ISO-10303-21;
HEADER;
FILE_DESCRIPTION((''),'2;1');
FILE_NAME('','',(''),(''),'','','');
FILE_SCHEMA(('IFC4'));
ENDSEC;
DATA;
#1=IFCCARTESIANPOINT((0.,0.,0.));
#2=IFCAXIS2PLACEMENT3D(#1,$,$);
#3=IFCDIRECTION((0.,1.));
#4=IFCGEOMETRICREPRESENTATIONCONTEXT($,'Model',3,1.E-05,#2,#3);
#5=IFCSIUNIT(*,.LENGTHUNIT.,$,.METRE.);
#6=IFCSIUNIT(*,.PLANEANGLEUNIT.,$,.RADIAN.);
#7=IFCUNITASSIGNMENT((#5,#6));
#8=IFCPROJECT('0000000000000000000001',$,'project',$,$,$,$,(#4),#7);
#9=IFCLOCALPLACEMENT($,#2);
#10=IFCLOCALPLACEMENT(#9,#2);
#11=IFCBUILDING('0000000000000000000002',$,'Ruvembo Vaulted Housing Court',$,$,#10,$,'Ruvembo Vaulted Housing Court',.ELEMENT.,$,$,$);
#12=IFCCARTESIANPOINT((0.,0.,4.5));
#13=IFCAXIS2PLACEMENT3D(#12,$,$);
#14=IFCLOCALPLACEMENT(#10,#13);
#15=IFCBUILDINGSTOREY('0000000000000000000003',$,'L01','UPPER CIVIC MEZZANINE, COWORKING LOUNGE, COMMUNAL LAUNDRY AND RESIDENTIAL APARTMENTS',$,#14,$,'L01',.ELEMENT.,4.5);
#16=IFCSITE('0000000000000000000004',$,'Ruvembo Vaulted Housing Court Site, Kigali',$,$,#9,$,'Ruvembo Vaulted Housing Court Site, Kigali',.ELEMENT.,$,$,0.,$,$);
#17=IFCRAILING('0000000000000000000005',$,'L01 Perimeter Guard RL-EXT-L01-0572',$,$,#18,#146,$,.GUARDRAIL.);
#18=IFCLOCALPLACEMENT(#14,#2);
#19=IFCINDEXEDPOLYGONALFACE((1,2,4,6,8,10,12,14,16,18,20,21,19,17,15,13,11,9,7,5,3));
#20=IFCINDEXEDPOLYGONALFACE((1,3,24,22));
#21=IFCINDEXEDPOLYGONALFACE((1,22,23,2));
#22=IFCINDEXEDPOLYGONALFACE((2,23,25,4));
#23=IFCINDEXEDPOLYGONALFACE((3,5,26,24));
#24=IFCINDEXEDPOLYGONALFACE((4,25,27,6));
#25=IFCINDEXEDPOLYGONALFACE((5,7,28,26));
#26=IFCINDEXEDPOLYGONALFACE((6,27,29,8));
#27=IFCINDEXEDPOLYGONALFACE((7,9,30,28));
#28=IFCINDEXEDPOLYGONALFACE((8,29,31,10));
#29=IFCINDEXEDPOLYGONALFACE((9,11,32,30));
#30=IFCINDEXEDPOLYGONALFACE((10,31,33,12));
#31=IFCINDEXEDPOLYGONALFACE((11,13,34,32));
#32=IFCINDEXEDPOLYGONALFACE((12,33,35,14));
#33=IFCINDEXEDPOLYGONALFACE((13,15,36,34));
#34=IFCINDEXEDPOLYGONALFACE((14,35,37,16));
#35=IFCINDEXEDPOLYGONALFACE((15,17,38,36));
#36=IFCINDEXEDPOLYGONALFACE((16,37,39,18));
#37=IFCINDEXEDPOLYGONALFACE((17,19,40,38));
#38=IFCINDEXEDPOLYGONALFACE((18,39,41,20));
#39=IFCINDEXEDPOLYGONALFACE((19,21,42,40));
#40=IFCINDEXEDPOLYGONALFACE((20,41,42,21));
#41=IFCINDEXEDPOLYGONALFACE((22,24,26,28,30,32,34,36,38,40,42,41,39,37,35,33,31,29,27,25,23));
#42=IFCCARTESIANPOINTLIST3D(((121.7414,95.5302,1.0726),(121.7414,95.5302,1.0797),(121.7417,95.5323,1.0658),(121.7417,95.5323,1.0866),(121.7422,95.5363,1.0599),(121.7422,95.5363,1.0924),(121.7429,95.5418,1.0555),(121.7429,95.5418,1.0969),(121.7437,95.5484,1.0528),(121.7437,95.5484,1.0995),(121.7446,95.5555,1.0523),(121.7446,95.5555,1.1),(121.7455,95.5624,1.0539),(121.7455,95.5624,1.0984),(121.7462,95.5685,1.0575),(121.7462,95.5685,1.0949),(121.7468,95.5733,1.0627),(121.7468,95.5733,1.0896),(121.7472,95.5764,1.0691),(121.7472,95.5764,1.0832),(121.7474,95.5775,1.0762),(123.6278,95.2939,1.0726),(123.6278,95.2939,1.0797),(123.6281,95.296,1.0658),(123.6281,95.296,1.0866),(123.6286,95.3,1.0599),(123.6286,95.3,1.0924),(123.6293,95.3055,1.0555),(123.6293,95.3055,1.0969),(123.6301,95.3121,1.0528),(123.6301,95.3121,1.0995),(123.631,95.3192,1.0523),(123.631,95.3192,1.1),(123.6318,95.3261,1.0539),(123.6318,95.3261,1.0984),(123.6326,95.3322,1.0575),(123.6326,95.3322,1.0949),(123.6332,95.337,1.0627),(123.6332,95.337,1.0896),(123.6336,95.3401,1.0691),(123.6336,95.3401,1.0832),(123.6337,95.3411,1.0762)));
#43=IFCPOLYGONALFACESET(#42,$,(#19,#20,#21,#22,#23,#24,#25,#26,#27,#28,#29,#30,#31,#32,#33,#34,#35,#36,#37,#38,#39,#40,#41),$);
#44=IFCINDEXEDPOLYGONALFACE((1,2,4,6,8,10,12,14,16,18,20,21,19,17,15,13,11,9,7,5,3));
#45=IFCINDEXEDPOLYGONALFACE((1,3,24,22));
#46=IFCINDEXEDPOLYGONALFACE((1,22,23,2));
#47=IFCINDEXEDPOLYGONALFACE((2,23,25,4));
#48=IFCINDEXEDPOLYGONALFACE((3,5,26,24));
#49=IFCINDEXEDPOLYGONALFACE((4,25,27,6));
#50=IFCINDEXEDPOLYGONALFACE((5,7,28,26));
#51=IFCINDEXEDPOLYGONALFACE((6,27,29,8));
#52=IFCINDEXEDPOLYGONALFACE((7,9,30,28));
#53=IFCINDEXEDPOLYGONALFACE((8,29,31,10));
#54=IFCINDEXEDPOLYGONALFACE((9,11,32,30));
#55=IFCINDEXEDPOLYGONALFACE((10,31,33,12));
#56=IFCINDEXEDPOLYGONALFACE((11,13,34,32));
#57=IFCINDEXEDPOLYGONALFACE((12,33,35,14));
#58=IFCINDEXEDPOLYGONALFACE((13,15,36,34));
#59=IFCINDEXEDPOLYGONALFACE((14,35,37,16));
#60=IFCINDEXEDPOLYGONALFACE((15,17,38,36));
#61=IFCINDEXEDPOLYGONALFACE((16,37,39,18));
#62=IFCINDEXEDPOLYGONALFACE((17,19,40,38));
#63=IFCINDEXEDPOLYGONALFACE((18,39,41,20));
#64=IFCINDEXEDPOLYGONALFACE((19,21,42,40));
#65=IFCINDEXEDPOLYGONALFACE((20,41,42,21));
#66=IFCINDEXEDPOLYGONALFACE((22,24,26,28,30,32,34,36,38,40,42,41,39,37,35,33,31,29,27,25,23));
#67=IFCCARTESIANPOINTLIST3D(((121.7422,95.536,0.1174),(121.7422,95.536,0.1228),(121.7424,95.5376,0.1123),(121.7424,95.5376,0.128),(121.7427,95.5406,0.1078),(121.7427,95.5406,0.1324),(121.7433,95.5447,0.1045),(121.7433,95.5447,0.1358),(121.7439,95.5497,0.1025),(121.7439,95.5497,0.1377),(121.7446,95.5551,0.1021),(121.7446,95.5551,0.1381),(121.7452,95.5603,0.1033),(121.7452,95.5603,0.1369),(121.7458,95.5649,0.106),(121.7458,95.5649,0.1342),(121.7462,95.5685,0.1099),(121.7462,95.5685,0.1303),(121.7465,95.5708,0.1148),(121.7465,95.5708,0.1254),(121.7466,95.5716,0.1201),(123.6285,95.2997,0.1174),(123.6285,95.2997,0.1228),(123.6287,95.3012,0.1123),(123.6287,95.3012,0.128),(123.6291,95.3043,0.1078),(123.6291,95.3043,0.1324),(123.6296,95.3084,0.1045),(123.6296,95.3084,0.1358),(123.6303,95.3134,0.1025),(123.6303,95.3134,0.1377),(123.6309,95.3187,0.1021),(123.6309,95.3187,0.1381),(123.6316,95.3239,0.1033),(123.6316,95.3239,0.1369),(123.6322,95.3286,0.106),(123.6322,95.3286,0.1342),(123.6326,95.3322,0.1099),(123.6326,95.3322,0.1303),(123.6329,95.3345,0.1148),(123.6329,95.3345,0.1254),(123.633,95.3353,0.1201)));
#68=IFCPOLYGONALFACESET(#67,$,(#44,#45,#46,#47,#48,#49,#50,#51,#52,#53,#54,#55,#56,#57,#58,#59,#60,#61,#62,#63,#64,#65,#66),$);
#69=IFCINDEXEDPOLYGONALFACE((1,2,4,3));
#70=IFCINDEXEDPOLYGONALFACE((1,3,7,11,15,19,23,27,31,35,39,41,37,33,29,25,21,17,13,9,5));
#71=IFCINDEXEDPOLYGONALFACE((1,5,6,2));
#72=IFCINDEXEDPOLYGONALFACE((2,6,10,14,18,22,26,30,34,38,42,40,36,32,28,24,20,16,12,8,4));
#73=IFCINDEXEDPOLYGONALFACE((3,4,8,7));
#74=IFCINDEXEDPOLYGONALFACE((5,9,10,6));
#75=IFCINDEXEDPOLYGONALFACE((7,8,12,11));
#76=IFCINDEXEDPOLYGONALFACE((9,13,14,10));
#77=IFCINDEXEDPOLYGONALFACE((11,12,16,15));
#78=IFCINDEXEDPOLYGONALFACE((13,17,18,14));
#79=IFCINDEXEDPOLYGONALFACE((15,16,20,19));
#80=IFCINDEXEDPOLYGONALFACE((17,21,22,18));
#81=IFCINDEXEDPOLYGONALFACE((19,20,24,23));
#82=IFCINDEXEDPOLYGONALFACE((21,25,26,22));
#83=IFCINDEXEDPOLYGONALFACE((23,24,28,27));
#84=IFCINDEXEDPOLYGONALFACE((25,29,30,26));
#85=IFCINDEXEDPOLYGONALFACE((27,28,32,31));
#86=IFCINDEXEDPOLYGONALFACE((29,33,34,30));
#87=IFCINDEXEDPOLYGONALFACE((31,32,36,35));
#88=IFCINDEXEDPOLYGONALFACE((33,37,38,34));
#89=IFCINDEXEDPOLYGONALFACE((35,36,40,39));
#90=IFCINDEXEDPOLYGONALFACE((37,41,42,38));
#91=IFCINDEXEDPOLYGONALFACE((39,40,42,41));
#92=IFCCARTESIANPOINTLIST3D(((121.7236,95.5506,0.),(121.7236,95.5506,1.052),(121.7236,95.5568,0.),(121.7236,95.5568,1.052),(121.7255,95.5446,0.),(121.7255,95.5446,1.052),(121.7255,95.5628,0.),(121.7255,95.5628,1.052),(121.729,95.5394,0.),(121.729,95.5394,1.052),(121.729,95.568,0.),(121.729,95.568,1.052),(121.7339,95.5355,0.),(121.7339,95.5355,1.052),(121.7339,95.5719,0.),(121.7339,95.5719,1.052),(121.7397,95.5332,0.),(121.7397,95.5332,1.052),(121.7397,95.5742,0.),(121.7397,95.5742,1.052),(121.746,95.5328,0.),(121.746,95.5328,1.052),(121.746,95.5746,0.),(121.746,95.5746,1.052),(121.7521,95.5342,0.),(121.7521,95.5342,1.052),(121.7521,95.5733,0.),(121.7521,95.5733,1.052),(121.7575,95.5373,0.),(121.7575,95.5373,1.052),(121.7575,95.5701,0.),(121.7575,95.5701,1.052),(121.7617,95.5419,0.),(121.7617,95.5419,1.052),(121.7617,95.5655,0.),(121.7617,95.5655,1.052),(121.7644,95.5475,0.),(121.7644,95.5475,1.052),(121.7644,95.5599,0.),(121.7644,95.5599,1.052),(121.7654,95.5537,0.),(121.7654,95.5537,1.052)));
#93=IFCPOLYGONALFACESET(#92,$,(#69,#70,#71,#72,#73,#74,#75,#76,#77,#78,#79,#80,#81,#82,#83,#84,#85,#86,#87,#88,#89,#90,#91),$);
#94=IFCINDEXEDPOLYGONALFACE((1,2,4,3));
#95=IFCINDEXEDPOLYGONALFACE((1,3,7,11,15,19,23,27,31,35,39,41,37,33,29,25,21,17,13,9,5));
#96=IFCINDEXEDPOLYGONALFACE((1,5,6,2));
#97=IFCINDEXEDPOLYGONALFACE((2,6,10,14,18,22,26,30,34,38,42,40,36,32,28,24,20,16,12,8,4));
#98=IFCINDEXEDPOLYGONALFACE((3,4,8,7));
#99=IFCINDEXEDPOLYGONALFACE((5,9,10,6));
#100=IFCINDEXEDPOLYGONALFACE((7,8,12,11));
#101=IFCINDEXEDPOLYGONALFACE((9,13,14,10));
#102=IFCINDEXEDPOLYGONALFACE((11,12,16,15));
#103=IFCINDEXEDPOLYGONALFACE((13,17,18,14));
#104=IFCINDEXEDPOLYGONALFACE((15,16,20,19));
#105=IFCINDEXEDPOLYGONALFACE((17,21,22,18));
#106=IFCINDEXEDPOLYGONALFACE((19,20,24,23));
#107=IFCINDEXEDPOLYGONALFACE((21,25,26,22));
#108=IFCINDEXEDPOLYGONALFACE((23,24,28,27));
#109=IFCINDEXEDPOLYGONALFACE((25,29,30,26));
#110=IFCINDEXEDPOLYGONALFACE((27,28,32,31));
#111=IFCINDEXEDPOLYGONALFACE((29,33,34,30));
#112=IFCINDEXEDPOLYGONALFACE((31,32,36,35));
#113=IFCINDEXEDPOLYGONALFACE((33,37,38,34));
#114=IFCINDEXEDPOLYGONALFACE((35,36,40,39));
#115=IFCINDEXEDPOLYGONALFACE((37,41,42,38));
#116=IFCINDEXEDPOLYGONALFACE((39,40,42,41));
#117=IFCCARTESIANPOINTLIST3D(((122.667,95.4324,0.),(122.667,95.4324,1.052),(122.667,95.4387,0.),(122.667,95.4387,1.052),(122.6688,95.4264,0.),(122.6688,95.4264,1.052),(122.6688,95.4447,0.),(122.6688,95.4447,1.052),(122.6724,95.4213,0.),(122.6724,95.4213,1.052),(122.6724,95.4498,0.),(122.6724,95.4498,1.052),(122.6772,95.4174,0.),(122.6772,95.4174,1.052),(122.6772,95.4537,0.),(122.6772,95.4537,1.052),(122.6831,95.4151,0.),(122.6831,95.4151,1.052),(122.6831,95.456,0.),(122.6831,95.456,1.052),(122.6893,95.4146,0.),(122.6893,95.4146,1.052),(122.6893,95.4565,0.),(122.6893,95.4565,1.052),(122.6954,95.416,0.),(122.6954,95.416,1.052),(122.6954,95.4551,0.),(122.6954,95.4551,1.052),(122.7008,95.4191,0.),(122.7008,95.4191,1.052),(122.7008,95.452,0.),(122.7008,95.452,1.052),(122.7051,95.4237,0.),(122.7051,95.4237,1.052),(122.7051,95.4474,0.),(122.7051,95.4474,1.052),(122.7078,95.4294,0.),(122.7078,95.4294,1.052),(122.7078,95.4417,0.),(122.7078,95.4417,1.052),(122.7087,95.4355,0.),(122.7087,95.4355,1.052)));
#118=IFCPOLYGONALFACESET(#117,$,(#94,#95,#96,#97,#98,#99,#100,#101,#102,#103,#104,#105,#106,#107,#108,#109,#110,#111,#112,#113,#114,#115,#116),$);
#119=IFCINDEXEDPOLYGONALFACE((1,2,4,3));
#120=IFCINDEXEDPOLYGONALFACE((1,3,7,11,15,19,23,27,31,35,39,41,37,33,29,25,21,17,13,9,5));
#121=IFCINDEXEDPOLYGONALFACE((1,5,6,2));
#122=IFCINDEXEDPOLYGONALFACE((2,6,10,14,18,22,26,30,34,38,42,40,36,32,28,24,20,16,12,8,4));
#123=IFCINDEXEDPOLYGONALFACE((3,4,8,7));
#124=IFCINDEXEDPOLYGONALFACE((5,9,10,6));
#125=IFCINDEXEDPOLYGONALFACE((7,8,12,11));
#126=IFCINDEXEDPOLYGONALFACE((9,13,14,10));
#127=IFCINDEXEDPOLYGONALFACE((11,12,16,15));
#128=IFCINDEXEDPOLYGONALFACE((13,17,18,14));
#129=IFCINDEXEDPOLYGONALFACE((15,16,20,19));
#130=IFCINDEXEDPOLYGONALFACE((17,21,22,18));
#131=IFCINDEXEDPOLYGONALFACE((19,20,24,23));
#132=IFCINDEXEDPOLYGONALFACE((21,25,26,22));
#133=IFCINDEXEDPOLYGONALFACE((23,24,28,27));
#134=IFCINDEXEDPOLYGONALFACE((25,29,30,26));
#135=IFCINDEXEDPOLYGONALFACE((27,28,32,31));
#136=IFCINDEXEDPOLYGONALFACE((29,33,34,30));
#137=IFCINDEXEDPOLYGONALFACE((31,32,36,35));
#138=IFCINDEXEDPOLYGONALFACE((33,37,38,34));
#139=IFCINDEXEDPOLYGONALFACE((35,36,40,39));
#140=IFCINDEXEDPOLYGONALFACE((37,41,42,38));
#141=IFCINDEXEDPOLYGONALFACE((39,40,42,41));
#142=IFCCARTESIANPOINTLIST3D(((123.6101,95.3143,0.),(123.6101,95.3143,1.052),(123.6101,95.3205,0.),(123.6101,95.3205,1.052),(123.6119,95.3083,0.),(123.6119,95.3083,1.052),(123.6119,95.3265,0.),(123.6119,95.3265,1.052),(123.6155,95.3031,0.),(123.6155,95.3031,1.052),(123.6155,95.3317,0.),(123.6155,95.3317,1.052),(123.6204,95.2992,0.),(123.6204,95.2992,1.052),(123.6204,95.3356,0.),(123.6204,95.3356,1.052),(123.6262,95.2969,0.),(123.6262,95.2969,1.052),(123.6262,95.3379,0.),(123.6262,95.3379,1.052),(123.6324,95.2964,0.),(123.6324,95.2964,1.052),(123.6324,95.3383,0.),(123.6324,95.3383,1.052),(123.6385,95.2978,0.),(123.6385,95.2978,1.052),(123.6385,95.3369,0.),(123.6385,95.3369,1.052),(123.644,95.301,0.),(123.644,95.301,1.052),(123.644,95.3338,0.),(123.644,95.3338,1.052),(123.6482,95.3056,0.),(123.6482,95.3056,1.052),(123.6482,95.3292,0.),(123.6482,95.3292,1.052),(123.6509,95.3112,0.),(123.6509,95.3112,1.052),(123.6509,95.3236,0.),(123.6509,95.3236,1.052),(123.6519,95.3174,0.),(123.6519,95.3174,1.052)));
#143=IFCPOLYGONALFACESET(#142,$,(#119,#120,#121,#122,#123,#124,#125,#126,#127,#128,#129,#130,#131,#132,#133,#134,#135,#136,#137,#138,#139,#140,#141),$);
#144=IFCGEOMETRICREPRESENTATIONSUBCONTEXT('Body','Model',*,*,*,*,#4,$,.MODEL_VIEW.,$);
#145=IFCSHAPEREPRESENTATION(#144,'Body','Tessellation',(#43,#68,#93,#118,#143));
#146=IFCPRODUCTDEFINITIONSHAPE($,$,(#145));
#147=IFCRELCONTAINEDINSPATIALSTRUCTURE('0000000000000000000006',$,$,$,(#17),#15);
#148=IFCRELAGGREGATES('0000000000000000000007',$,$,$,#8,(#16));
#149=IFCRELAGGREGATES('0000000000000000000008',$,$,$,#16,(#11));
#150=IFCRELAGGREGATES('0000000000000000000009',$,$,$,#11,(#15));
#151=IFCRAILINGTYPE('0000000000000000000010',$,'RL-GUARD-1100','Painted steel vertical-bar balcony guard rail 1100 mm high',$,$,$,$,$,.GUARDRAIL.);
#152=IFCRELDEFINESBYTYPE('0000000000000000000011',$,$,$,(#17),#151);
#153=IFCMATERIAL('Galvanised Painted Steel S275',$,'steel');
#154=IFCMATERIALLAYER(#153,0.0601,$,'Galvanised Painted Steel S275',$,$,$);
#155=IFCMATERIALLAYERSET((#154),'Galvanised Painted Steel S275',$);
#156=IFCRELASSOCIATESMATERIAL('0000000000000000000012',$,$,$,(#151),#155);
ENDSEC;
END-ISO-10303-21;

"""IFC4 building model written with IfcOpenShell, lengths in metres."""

from ifc_helpers import new_model, si_unit, direction, frame, origin, origin_2d, place, context, subcontext, project, spatial, circle, extrude, material, layer, layer_set, type_object, element, save


model = new_model("IFC4")

# Units and contexts
model_context = context("Model", 3, precision=1e-05, world=origin(), true_north=direction((0.0, 1.0)))
body_context = subcontext(model_context, "Body", "Model", "MODEL_VIEW")
ifc_project = project(units=[si_unit("LENGTHUNIT", "METRE"), si_unit("PLANEANGLEUNIT", "RADIAN")], contexts=[model_context])

# Site, building, storey
site_placement = place(None, origin())
site = spatial("IfcSite", under=ifc_project, at=site_placement, Name="Ruvembo Vaulted Housing Court Site, Kigali", LongName="Ruvembo Vaulted Housing Court Site, Kigali", CompositionType="ELEMENT", RefElevation=0.0)
building_placement = place(site_placement, origin())
building = spatial("IfcBuilding", under=site, at=building_placement, Name="Ruvembo Vaulted Housing Court", LongName="Ruvembo Vaulted Housing Court", CompositionType="ELEMENT")
storey_placement = place(building_placement, frame((0.0, 0.0, 4.5)))
storey = spatial("IfcBuildingStorey", under=building, at=storey_placement, Name="L01", Description="UPPER CIVIC MEZZANINE, COWORKING LOUNGE, COMMUNAL LAUNDRY AND RESIDENTIAL APARTMENTS", LongName="L01", CompositionType="ELEMENT", Elevation=4.5)

# Railing
ifc_material_1 = material(Name="Galvanised Painted Steel S275", Category="steel")
ifc_layer = layer(ifc_material_1, 0.0601, Name="Galvanised Painted Steel S275")
ifc_layer_set = layer_set([ifc_layer], Name="Galvanised Painted Steel S275")
railing_type = type_object("IfcRailingType", Name="RL-GUARD-1100", Description="Painted steel vertical-bar balcony guard rail 1100 mm high", PredefinedType="GUARDRAIL", material=ifc_layer_set)
railing_1_placement = place(storey_placement, frame((121.7444, 95.5537, 0.0)))
element("IfcRailing", 1, at=railing_1_placement, inside=storey, type_object=railing_type, Name="L01 Perimeter Guard RL-EXT-L01-0572", PredefinedType="GUARDRAIL", context=body_context, shape_type="SweptSolid", body=[
    extrude(circle(Radius=0.0239, at=origin_2d()), frame((0.0, 0.0, 1.0762), z_axis=(0.992244, -0.124303, 0.0), x_axis=(0.124303, 0.992244, 0.0)), (0.0, 0.0, 1.0), 1.9011),
    extrude(circle(Radius=0.0181, at=origin_2d()), frame((0.0, 0.0, 0.1201), z_axis=(0.992244, -0.124303, 0.0), x_axis=(0.124303, 0.992244, 0.0)), (0.0, 0.0, 1.0), 1.9011),
    extrude(circle(Radius=0.021, at=origin_2d()), origin(), (0.0, 0.0, 1.0), 1.052),
    extrude(circle(Radius=0.021, at=origin_2d()), frame((0.9434, -0.1182, 0.0)), (0.0, 0.0, 1.0), 1.052),
    extrude(circle(Radius=0.021, at=origin_2d()), frame((1.8865, -0.2363, 0.0)), (0.0, 0.0, 1.0), 1.052),
])

save(model, "model.ifc")
